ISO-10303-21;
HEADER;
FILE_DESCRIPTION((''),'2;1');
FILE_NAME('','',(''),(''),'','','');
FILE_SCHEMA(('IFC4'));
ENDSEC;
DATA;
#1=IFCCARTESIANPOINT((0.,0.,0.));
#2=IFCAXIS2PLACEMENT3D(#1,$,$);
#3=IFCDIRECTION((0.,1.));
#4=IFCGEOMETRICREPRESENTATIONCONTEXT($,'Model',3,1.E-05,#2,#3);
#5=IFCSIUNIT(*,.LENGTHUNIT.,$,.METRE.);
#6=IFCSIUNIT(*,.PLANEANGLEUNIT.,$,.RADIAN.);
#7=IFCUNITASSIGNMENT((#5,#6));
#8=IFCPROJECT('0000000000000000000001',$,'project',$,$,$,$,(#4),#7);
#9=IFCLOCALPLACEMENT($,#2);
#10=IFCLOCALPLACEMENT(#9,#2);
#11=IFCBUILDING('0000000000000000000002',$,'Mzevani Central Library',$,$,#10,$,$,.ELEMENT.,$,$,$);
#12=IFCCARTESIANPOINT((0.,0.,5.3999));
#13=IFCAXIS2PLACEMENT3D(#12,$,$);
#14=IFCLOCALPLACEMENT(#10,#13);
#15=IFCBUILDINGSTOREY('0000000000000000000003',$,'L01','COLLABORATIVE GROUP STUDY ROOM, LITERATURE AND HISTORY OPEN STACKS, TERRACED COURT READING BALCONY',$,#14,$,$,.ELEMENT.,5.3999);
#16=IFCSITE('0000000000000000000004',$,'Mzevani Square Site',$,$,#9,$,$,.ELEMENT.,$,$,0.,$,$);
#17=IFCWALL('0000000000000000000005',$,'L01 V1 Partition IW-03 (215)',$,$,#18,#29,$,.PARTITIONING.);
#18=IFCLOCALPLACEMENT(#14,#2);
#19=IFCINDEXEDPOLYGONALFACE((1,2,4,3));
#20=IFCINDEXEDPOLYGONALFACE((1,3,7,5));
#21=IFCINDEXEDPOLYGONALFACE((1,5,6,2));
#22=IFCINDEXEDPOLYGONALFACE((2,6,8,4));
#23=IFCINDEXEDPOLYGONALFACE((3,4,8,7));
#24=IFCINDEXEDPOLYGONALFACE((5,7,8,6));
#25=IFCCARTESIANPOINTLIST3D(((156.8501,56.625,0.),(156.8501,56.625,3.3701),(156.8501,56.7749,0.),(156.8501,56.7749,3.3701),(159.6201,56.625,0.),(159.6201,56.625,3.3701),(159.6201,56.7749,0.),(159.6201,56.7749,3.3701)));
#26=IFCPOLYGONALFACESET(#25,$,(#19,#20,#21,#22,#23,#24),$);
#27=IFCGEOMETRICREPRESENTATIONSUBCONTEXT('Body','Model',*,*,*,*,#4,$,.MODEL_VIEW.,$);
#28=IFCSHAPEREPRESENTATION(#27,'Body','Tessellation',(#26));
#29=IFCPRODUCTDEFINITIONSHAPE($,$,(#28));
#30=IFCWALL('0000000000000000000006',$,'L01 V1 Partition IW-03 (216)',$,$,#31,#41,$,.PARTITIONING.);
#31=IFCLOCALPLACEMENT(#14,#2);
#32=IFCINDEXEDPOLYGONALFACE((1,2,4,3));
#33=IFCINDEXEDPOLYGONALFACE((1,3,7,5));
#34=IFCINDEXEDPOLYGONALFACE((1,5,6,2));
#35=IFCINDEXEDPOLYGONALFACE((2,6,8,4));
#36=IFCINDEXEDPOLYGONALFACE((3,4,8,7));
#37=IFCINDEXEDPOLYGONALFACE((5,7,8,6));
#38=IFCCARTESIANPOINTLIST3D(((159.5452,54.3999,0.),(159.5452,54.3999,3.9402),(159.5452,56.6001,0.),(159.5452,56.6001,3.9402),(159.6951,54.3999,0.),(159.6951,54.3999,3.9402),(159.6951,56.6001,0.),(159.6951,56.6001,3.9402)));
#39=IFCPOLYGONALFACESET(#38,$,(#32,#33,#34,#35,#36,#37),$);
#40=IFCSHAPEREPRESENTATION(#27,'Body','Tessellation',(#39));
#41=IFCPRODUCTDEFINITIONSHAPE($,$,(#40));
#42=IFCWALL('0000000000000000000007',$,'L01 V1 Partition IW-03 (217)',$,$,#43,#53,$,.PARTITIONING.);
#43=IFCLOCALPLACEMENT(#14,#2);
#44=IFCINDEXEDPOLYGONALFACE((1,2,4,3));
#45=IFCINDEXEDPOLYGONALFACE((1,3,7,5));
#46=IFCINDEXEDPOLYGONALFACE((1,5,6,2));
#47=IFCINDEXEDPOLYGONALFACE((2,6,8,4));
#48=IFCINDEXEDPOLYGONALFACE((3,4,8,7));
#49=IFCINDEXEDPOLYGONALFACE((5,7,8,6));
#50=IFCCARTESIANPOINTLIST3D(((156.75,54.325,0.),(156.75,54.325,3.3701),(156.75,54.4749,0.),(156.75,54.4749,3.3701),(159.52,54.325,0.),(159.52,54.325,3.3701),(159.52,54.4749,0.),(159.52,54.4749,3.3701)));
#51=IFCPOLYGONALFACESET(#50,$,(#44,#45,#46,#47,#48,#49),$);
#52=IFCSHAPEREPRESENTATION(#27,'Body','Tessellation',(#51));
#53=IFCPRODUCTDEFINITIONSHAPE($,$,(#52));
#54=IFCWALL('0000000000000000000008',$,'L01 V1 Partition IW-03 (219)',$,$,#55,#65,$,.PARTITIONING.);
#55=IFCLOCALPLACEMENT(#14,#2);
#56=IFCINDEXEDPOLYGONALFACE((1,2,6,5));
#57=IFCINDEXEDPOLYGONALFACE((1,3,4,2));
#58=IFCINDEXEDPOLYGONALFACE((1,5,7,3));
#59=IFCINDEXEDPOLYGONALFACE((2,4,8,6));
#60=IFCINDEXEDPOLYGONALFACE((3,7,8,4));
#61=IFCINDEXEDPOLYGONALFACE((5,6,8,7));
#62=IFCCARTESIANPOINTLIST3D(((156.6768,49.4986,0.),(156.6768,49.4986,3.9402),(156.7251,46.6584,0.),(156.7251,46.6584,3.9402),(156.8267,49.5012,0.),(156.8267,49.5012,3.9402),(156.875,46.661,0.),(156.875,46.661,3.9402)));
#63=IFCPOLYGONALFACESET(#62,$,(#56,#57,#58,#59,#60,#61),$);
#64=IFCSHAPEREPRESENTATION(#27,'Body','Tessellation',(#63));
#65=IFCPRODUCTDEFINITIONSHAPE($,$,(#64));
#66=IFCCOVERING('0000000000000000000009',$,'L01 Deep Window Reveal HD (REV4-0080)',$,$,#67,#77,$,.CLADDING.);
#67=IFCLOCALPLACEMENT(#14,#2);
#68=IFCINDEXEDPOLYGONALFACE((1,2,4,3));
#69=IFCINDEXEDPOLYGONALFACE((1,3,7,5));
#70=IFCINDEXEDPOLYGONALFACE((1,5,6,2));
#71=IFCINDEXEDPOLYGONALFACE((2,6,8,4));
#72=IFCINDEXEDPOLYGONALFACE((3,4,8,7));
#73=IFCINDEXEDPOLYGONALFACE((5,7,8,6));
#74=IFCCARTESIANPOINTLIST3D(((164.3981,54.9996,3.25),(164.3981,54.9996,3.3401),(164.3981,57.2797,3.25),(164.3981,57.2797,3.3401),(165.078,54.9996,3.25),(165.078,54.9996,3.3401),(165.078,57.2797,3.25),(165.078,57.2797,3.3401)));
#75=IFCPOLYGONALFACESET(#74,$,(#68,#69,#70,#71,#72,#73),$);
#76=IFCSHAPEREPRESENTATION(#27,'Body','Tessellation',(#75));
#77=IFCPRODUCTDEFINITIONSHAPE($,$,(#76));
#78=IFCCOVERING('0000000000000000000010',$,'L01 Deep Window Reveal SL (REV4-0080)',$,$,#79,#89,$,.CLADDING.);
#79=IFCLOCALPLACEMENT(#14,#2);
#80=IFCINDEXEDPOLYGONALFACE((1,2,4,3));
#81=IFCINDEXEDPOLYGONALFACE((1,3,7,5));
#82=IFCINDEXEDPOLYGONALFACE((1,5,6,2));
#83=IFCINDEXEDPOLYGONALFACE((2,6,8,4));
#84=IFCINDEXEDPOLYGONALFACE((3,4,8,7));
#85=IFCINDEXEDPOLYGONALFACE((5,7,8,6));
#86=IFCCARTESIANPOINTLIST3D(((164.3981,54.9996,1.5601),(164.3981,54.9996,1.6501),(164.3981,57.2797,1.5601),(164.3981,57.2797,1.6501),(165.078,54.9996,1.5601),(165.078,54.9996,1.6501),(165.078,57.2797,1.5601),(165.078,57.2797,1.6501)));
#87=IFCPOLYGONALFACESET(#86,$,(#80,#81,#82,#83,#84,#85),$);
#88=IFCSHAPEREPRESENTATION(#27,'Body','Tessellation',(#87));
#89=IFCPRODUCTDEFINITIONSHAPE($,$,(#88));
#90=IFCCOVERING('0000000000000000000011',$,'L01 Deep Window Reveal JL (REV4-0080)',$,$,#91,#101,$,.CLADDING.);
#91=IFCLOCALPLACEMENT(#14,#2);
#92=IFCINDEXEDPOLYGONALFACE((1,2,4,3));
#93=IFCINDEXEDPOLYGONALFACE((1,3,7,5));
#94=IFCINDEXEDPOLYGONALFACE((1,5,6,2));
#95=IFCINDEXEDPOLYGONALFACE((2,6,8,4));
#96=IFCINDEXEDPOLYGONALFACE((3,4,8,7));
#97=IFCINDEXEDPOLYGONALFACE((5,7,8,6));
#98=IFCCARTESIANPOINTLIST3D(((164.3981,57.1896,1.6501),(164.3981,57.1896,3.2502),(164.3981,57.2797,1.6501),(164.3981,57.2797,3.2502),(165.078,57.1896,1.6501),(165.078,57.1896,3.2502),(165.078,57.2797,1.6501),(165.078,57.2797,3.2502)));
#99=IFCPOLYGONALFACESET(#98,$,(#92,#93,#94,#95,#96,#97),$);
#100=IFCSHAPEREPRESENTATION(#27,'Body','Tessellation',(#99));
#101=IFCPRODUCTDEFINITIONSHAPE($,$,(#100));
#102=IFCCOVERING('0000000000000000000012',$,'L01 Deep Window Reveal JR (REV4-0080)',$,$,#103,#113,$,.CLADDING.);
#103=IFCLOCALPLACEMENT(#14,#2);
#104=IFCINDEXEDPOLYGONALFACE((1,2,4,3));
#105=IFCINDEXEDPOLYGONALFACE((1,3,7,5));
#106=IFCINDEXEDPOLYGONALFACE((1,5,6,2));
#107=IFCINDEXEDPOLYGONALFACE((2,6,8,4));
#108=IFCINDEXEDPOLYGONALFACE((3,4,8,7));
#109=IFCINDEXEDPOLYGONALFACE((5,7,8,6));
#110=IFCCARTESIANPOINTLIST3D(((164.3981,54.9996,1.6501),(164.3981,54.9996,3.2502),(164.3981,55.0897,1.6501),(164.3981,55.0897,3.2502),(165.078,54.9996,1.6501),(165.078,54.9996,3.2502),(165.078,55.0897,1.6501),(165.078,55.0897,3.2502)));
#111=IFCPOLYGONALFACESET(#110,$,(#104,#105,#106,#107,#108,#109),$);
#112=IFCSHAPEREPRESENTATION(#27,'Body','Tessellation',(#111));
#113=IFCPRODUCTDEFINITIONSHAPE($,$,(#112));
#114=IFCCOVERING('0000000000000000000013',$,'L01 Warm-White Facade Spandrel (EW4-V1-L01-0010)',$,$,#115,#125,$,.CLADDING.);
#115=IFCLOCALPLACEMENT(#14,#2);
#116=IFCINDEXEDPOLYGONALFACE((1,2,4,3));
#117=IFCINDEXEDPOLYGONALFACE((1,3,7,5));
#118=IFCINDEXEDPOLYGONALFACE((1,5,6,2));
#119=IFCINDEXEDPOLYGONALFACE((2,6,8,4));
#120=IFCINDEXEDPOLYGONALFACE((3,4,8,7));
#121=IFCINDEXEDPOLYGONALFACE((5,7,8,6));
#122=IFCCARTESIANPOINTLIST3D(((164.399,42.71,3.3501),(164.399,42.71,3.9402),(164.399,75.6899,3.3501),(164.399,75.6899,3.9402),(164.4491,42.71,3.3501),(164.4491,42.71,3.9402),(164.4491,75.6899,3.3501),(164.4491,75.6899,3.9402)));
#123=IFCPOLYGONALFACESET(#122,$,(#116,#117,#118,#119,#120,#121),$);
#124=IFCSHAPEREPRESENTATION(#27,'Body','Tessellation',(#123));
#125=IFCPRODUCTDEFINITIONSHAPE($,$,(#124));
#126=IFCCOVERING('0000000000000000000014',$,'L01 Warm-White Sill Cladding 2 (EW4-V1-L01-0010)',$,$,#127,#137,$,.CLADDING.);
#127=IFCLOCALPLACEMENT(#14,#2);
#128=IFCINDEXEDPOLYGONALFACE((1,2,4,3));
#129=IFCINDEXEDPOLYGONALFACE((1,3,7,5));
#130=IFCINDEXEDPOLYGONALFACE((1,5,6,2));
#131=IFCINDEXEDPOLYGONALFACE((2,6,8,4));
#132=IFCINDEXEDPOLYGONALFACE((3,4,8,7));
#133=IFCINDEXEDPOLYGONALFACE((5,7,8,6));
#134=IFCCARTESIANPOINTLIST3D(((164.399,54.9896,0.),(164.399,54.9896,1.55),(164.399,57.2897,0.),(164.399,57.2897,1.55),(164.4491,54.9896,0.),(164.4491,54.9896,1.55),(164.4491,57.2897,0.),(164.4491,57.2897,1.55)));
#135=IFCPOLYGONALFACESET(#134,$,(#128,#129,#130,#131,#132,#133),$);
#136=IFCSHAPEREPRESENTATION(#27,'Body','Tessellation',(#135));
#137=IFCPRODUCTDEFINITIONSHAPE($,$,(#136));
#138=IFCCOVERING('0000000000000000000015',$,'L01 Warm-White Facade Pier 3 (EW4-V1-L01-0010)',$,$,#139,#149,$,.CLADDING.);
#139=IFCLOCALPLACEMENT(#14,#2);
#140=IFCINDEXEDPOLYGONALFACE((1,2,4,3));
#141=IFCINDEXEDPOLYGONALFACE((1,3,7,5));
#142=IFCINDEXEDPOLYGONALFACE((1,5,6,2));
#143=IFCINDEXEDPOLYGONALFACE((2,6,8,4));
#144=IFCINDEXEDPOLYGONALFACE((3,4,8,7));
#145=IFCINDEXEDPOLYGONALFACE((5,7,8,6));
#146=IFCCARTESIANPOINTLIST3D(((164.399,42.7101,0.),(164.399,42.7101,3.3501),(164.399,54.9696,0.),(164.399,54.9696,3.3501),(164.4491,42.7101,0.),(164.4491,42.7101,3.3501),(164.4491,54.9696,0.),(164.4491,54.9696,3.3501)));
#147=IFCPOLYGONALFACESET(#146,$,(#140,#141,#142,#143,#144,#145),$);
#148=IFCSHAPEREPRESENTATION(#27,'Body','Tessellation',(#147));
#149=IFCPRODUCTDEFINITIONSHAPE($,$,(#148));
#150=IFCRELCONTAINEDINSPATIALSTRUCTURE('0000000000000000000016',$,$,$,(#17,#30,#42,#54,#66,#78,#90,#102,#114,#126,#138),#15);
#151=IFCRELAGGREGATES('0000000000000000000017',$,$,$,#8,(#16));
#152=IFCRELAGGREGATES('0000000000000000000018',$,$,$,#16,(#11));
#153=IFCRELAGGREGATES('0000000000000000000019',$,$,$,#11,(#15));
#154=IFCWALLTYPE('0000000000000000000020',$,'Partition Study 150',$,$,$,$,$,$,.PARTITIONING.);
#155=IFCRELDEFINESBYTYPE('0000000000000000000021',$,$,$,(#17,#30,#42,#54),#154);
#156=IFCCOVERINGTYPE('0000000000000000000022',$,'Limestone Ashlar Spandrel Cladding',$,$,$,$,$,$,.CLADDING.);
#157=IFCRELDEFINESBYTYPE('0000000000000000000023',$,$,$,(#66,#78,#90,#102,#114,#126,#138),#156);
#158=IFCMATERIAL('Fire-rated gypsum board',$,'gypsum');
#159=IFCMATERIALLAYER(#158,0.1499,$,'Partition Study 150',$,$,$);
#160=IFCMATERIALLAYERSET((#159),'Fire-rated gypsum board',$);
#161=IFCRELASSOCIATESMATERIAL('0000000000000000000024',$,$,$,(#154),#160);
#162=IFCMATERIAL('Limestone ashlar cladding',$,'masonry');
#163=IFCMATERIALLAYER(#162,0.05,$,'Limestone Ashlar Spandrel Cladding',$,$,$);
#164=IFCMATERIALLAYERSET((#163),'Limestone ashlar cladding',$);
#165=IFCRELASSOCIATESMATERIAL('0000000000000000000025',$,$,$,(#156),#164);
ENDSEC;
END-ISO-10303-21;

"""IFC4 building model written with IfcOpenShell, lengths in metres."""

from ifc_helpers import new_model, si_unit, direction, frame, frame_2d, origin, origin_2d, place, context, subcontext, project, spatial, rectangle, extrude, material, layer, layer_set, type_object, element, save


model = new_model("IFC4")

# Units and contexts
model_context = context("Model", 3, precision=1e-05, world=origin(), true_north=direction((0.0, 1.0)))
body_context = subcontext(model_context, "Body", "Model", "MODEL_VIEW")
ifc_project = project(units=[si_unit("LENGTHUNIT", "METRE"), si_unit("PLANEANGLEUNIT", "RADIAN")], contexts=[model_context])

# Site, building, storey
site_placement = place(None, origin())
site = spatial("IfcSite", under=ifc_project, at=site_placement, Name="Mzevani Square Site", CompositionType="ELEMENT", RefElevation=0.0)
building_placement = place(site_placement, origin())
building = spatial("IfcBuilding", under=site, at=building_placement, Name="Mzevani Central Library", CompositionType="ELEMENT")
storey_placement = place(building_placement, frame((0.0, 0.0, 5.3999)))
storey = spatial("IfcBuildingStorey", under=building, at=storey_placement, Name="L01", Description="COLLABORATIVE GROUP STUDY ROOM, LITERATURE AND HISTORY OPEN STACKS, TERRACED COURT READING BALCONY", CompositionType="ELEMENT", Elevation=5.3999)

# Walls
ifc_material_1 = material(Name="Fire-rated gypsum board", Category="gypsum")
ifc_layer_1 = layer(ifc_material_1, 0.1499, Name="Partition Study 150")
ifc_layer_set_1 = layer_set([ifc_layer_1], Name="Fire-rated gypsum board")
wall_type_1 = type_object("IfcWallType", Name="Partition Study 150", PredefinedType="PARTITIONING", material=ifc_layer_set_1)
wall_1_placement = place(storey_placement, frame((156.8501, 56.7, 0.0), z_axis=(0.0, 0.0, 1.0), x_axis=(1.0, 0.0, 0.0)))
element("IfcWall", 1, at=wall_1_placement, inside=storey, type_object=wall_type_1, Name="L01 V1 Partition IW-03 (215)", PredefinedType="PARTITIONING", context=body_context, shape_type="SweptSolid", body=[
    extrude(rectangle(XDim=2.77, YDim=0.1499, at=frame_2d((1.385, 0.0))), origin(), (0.0, 0.0, 1.0), 3.3701),
])
wall_2_placement = place(storey_placement, frame((159.6201, 56.6001, 0.0), z_axis=(0.0, 0.0, 1.0), x_axis=(0.0, -1.0, 0.0)))
element("IfcWall", 2, at=wall_2_placement, inside=storey, type_object=wall_type_1, Name="L01 V1 Partition IW-03 (216)", PredefinedType="PARTITIONING", context=body_context, shape_type="SweptSolid", body=[
    extrude(rectangle(XDim=2.2002, YDim=0.1499, at=frame_2d((1.1001, 0.0))), origin(), (0.0, 0.0, 1.0), 3.9402),
])
wall_3_placement = place(storey_placement, frame((159.52, 54.3999, 0.0), z_axis=(0.0, 0.0, 1.0), x_axis=(-1.0, 0.0, 0.0)))
element("IfcWall", 3, at=wall_3_placement, inside=storey, type_object=wall_type_1, Name="L01 V1 Partition IW-03 (217)", PredefinedType="PARTITIONING", context=body_context, shape_type="SweptSolid", body=[
    extrude(rectangle(XDim=2.77, YDim=0.1499, at=frame_2d((1.385, 0.0))), origin(), (0.0, 0.0, 1.0), 3.3701),
])
wall_4_placement = place(storey_placement, frame((156.7517, 49.5, 0.0), z_axis=(0.0, 0.0, 1.0), x_axis=(0.017018, -0.999855, 0.0)))
element("IfcWall", 4, at=wall_4_placement, inside=storey, type_object=wall_type_1, Name="L01 V1 Partition IW-03 (219)", PredefinedType="PARTITIONING", context=body_context, shape_type="SweptSolid", body=[
    extrude(rectangle(XDim=2.8406, YDim=0.1499, at=frame_2d((1.4204, 0.0))), origin(), (0.0, 0.0, 1.0), 3.9402),
])

# Coverings
ifc_material_2 = material(Name="Limestone ashlar cladding", Category="masonry")
ifc_layer_2 = layer(ifc_material_2, 0.05, Name="Limestone Ashlar Spandrel Cladding")
ifc_layer_set_2 = layer_set([ifc_layer_2], Name="Limestone ashlar cladding")
covering_type = type_object("IfcCoveringType", Name="Limestone Ashlar Spandrel Cladding", PredefinedType="CLADDING", material=ifc_layer_set_2)
for number, where, z_axis, x_axis, name in (
    (5, (164.738, 56.1396, 3.25), (0.0, 0.0, 1.0), (0.0, -1.0, 0.0), "L01 Deep Window Reveal HD (REV4-0080)"),
    (6, (164.738, 56.1396, 1.5601), (0.0, 0.0, 1.0), (0.0, -1.0, 0.0), "L01 Deep Window Reveal SL (REV4-0080)"),
):
    element("IfcCovering", number, at=place(storey_placement, frame(where, z_axis=z_axis, x_axis=x_axis)), inside=storey, type_object=covering_type, Name=name, PredefinedType="CLADDING", context=body_context, shape_type="SweptSolid", body=[
        extrude(rectangle(XDim=2.28, YDim=0.6799, at=origin_2d()), origin(), (0.0, 0.0, 1.0), 0.0901),
    ])
for number, where, z_axis, x_axis, name in (
    (7, (164.738, 57.2346, 1.6501), (0.0, 0.0, 1.0), (0.0, -1.0, 0.0), "L01 Deep Window Reveal JL (REV4-0080)"),
    (8, (164.738, 55.0447, 1.6501), (0.0, 0.0, 1.0), (0.0, -1.0, 0.0), "L01 Deep Window Reveal JR (REV4-0080)"),
):
    element("IfcCovering", number, at=place(storey_placement, frame(where, z_axis=z_axis, x_axis=x_axis)), inside=storey, type_object=covering_type, Name=name, PredefinedType="CLADDING", context=body_context, shape_type="SweptSolid", body=[
        extrude(rectangle(XDim=0.0901, YDim=0.6799, at=origin_2d()), origin(), (0.0, 0.0, 1.0), 1.6001),
    ])
covering_1_placement = place(storey_placement, frame((164.4241, 59.2, 3.3501), z_axis=(0.0, 0.0, 1.0), x_axis=(0.0, -1.0, 0.0)))
element("IfcCovering", 9, at=covering_1_placement, inside=storey, type_object=covering_type, Name="L01 Warm-White Facade Spandrel (EW4-V1-L01-0010)", PredefinedType="CLADDING", context=body_context, shape_type="SweptSolid", body=[
    extrude(rectangle(XDim=32.98, YDim=0.05, at=origin_2d()), origin(), (0.0, 0.0, 1.0), 0.5901),
])
covering_2_placement = place(storey_placement, frame((164.4241, 56.1396, 0.0), z_axis=(0.0, 0.0, 1.0), x_axis=(0.0, -1.0, 0.0)))
element("IfcCovering", 10, at=covering_2_placement, inside=storey, type_object=covering_type, Name="L01 Warm-White Sill Cladding 2 (EW4-V1-L01-0010)", PredefinedType="CLADDING", context=body_context, shape_type="SweptSolid", body=[
    extrude(rectangle(XDim=2.3, YDim=0.05, at=origin_2d()), origin(), (0.0, 0.0, 1.0), 1.55),
])
covering_3_placement = place(storey_placement, frame((164.4241, 48.8398, 0.0), z_axis=(0.0, 0.0, 1.0), x_axis=(0.0, -1.0, 0.0)))
element("IfcCovering", 11, at=covering_3_placement, inside=storey, type_object=covering_type, Name="L01 Warm-White Facade Pier 3 (EW4-V1-L01-0010)", PredefinedType="CLADDING", context=body_context, shape_type="SweptSolid", body=[
    extrude(rectangle(XDim=12.2595, YDim=0.05, at=origin_2d()), origin(), (0.0, 0.0, 1.0), 3.3501),
])

save(model, "model.ifc")
